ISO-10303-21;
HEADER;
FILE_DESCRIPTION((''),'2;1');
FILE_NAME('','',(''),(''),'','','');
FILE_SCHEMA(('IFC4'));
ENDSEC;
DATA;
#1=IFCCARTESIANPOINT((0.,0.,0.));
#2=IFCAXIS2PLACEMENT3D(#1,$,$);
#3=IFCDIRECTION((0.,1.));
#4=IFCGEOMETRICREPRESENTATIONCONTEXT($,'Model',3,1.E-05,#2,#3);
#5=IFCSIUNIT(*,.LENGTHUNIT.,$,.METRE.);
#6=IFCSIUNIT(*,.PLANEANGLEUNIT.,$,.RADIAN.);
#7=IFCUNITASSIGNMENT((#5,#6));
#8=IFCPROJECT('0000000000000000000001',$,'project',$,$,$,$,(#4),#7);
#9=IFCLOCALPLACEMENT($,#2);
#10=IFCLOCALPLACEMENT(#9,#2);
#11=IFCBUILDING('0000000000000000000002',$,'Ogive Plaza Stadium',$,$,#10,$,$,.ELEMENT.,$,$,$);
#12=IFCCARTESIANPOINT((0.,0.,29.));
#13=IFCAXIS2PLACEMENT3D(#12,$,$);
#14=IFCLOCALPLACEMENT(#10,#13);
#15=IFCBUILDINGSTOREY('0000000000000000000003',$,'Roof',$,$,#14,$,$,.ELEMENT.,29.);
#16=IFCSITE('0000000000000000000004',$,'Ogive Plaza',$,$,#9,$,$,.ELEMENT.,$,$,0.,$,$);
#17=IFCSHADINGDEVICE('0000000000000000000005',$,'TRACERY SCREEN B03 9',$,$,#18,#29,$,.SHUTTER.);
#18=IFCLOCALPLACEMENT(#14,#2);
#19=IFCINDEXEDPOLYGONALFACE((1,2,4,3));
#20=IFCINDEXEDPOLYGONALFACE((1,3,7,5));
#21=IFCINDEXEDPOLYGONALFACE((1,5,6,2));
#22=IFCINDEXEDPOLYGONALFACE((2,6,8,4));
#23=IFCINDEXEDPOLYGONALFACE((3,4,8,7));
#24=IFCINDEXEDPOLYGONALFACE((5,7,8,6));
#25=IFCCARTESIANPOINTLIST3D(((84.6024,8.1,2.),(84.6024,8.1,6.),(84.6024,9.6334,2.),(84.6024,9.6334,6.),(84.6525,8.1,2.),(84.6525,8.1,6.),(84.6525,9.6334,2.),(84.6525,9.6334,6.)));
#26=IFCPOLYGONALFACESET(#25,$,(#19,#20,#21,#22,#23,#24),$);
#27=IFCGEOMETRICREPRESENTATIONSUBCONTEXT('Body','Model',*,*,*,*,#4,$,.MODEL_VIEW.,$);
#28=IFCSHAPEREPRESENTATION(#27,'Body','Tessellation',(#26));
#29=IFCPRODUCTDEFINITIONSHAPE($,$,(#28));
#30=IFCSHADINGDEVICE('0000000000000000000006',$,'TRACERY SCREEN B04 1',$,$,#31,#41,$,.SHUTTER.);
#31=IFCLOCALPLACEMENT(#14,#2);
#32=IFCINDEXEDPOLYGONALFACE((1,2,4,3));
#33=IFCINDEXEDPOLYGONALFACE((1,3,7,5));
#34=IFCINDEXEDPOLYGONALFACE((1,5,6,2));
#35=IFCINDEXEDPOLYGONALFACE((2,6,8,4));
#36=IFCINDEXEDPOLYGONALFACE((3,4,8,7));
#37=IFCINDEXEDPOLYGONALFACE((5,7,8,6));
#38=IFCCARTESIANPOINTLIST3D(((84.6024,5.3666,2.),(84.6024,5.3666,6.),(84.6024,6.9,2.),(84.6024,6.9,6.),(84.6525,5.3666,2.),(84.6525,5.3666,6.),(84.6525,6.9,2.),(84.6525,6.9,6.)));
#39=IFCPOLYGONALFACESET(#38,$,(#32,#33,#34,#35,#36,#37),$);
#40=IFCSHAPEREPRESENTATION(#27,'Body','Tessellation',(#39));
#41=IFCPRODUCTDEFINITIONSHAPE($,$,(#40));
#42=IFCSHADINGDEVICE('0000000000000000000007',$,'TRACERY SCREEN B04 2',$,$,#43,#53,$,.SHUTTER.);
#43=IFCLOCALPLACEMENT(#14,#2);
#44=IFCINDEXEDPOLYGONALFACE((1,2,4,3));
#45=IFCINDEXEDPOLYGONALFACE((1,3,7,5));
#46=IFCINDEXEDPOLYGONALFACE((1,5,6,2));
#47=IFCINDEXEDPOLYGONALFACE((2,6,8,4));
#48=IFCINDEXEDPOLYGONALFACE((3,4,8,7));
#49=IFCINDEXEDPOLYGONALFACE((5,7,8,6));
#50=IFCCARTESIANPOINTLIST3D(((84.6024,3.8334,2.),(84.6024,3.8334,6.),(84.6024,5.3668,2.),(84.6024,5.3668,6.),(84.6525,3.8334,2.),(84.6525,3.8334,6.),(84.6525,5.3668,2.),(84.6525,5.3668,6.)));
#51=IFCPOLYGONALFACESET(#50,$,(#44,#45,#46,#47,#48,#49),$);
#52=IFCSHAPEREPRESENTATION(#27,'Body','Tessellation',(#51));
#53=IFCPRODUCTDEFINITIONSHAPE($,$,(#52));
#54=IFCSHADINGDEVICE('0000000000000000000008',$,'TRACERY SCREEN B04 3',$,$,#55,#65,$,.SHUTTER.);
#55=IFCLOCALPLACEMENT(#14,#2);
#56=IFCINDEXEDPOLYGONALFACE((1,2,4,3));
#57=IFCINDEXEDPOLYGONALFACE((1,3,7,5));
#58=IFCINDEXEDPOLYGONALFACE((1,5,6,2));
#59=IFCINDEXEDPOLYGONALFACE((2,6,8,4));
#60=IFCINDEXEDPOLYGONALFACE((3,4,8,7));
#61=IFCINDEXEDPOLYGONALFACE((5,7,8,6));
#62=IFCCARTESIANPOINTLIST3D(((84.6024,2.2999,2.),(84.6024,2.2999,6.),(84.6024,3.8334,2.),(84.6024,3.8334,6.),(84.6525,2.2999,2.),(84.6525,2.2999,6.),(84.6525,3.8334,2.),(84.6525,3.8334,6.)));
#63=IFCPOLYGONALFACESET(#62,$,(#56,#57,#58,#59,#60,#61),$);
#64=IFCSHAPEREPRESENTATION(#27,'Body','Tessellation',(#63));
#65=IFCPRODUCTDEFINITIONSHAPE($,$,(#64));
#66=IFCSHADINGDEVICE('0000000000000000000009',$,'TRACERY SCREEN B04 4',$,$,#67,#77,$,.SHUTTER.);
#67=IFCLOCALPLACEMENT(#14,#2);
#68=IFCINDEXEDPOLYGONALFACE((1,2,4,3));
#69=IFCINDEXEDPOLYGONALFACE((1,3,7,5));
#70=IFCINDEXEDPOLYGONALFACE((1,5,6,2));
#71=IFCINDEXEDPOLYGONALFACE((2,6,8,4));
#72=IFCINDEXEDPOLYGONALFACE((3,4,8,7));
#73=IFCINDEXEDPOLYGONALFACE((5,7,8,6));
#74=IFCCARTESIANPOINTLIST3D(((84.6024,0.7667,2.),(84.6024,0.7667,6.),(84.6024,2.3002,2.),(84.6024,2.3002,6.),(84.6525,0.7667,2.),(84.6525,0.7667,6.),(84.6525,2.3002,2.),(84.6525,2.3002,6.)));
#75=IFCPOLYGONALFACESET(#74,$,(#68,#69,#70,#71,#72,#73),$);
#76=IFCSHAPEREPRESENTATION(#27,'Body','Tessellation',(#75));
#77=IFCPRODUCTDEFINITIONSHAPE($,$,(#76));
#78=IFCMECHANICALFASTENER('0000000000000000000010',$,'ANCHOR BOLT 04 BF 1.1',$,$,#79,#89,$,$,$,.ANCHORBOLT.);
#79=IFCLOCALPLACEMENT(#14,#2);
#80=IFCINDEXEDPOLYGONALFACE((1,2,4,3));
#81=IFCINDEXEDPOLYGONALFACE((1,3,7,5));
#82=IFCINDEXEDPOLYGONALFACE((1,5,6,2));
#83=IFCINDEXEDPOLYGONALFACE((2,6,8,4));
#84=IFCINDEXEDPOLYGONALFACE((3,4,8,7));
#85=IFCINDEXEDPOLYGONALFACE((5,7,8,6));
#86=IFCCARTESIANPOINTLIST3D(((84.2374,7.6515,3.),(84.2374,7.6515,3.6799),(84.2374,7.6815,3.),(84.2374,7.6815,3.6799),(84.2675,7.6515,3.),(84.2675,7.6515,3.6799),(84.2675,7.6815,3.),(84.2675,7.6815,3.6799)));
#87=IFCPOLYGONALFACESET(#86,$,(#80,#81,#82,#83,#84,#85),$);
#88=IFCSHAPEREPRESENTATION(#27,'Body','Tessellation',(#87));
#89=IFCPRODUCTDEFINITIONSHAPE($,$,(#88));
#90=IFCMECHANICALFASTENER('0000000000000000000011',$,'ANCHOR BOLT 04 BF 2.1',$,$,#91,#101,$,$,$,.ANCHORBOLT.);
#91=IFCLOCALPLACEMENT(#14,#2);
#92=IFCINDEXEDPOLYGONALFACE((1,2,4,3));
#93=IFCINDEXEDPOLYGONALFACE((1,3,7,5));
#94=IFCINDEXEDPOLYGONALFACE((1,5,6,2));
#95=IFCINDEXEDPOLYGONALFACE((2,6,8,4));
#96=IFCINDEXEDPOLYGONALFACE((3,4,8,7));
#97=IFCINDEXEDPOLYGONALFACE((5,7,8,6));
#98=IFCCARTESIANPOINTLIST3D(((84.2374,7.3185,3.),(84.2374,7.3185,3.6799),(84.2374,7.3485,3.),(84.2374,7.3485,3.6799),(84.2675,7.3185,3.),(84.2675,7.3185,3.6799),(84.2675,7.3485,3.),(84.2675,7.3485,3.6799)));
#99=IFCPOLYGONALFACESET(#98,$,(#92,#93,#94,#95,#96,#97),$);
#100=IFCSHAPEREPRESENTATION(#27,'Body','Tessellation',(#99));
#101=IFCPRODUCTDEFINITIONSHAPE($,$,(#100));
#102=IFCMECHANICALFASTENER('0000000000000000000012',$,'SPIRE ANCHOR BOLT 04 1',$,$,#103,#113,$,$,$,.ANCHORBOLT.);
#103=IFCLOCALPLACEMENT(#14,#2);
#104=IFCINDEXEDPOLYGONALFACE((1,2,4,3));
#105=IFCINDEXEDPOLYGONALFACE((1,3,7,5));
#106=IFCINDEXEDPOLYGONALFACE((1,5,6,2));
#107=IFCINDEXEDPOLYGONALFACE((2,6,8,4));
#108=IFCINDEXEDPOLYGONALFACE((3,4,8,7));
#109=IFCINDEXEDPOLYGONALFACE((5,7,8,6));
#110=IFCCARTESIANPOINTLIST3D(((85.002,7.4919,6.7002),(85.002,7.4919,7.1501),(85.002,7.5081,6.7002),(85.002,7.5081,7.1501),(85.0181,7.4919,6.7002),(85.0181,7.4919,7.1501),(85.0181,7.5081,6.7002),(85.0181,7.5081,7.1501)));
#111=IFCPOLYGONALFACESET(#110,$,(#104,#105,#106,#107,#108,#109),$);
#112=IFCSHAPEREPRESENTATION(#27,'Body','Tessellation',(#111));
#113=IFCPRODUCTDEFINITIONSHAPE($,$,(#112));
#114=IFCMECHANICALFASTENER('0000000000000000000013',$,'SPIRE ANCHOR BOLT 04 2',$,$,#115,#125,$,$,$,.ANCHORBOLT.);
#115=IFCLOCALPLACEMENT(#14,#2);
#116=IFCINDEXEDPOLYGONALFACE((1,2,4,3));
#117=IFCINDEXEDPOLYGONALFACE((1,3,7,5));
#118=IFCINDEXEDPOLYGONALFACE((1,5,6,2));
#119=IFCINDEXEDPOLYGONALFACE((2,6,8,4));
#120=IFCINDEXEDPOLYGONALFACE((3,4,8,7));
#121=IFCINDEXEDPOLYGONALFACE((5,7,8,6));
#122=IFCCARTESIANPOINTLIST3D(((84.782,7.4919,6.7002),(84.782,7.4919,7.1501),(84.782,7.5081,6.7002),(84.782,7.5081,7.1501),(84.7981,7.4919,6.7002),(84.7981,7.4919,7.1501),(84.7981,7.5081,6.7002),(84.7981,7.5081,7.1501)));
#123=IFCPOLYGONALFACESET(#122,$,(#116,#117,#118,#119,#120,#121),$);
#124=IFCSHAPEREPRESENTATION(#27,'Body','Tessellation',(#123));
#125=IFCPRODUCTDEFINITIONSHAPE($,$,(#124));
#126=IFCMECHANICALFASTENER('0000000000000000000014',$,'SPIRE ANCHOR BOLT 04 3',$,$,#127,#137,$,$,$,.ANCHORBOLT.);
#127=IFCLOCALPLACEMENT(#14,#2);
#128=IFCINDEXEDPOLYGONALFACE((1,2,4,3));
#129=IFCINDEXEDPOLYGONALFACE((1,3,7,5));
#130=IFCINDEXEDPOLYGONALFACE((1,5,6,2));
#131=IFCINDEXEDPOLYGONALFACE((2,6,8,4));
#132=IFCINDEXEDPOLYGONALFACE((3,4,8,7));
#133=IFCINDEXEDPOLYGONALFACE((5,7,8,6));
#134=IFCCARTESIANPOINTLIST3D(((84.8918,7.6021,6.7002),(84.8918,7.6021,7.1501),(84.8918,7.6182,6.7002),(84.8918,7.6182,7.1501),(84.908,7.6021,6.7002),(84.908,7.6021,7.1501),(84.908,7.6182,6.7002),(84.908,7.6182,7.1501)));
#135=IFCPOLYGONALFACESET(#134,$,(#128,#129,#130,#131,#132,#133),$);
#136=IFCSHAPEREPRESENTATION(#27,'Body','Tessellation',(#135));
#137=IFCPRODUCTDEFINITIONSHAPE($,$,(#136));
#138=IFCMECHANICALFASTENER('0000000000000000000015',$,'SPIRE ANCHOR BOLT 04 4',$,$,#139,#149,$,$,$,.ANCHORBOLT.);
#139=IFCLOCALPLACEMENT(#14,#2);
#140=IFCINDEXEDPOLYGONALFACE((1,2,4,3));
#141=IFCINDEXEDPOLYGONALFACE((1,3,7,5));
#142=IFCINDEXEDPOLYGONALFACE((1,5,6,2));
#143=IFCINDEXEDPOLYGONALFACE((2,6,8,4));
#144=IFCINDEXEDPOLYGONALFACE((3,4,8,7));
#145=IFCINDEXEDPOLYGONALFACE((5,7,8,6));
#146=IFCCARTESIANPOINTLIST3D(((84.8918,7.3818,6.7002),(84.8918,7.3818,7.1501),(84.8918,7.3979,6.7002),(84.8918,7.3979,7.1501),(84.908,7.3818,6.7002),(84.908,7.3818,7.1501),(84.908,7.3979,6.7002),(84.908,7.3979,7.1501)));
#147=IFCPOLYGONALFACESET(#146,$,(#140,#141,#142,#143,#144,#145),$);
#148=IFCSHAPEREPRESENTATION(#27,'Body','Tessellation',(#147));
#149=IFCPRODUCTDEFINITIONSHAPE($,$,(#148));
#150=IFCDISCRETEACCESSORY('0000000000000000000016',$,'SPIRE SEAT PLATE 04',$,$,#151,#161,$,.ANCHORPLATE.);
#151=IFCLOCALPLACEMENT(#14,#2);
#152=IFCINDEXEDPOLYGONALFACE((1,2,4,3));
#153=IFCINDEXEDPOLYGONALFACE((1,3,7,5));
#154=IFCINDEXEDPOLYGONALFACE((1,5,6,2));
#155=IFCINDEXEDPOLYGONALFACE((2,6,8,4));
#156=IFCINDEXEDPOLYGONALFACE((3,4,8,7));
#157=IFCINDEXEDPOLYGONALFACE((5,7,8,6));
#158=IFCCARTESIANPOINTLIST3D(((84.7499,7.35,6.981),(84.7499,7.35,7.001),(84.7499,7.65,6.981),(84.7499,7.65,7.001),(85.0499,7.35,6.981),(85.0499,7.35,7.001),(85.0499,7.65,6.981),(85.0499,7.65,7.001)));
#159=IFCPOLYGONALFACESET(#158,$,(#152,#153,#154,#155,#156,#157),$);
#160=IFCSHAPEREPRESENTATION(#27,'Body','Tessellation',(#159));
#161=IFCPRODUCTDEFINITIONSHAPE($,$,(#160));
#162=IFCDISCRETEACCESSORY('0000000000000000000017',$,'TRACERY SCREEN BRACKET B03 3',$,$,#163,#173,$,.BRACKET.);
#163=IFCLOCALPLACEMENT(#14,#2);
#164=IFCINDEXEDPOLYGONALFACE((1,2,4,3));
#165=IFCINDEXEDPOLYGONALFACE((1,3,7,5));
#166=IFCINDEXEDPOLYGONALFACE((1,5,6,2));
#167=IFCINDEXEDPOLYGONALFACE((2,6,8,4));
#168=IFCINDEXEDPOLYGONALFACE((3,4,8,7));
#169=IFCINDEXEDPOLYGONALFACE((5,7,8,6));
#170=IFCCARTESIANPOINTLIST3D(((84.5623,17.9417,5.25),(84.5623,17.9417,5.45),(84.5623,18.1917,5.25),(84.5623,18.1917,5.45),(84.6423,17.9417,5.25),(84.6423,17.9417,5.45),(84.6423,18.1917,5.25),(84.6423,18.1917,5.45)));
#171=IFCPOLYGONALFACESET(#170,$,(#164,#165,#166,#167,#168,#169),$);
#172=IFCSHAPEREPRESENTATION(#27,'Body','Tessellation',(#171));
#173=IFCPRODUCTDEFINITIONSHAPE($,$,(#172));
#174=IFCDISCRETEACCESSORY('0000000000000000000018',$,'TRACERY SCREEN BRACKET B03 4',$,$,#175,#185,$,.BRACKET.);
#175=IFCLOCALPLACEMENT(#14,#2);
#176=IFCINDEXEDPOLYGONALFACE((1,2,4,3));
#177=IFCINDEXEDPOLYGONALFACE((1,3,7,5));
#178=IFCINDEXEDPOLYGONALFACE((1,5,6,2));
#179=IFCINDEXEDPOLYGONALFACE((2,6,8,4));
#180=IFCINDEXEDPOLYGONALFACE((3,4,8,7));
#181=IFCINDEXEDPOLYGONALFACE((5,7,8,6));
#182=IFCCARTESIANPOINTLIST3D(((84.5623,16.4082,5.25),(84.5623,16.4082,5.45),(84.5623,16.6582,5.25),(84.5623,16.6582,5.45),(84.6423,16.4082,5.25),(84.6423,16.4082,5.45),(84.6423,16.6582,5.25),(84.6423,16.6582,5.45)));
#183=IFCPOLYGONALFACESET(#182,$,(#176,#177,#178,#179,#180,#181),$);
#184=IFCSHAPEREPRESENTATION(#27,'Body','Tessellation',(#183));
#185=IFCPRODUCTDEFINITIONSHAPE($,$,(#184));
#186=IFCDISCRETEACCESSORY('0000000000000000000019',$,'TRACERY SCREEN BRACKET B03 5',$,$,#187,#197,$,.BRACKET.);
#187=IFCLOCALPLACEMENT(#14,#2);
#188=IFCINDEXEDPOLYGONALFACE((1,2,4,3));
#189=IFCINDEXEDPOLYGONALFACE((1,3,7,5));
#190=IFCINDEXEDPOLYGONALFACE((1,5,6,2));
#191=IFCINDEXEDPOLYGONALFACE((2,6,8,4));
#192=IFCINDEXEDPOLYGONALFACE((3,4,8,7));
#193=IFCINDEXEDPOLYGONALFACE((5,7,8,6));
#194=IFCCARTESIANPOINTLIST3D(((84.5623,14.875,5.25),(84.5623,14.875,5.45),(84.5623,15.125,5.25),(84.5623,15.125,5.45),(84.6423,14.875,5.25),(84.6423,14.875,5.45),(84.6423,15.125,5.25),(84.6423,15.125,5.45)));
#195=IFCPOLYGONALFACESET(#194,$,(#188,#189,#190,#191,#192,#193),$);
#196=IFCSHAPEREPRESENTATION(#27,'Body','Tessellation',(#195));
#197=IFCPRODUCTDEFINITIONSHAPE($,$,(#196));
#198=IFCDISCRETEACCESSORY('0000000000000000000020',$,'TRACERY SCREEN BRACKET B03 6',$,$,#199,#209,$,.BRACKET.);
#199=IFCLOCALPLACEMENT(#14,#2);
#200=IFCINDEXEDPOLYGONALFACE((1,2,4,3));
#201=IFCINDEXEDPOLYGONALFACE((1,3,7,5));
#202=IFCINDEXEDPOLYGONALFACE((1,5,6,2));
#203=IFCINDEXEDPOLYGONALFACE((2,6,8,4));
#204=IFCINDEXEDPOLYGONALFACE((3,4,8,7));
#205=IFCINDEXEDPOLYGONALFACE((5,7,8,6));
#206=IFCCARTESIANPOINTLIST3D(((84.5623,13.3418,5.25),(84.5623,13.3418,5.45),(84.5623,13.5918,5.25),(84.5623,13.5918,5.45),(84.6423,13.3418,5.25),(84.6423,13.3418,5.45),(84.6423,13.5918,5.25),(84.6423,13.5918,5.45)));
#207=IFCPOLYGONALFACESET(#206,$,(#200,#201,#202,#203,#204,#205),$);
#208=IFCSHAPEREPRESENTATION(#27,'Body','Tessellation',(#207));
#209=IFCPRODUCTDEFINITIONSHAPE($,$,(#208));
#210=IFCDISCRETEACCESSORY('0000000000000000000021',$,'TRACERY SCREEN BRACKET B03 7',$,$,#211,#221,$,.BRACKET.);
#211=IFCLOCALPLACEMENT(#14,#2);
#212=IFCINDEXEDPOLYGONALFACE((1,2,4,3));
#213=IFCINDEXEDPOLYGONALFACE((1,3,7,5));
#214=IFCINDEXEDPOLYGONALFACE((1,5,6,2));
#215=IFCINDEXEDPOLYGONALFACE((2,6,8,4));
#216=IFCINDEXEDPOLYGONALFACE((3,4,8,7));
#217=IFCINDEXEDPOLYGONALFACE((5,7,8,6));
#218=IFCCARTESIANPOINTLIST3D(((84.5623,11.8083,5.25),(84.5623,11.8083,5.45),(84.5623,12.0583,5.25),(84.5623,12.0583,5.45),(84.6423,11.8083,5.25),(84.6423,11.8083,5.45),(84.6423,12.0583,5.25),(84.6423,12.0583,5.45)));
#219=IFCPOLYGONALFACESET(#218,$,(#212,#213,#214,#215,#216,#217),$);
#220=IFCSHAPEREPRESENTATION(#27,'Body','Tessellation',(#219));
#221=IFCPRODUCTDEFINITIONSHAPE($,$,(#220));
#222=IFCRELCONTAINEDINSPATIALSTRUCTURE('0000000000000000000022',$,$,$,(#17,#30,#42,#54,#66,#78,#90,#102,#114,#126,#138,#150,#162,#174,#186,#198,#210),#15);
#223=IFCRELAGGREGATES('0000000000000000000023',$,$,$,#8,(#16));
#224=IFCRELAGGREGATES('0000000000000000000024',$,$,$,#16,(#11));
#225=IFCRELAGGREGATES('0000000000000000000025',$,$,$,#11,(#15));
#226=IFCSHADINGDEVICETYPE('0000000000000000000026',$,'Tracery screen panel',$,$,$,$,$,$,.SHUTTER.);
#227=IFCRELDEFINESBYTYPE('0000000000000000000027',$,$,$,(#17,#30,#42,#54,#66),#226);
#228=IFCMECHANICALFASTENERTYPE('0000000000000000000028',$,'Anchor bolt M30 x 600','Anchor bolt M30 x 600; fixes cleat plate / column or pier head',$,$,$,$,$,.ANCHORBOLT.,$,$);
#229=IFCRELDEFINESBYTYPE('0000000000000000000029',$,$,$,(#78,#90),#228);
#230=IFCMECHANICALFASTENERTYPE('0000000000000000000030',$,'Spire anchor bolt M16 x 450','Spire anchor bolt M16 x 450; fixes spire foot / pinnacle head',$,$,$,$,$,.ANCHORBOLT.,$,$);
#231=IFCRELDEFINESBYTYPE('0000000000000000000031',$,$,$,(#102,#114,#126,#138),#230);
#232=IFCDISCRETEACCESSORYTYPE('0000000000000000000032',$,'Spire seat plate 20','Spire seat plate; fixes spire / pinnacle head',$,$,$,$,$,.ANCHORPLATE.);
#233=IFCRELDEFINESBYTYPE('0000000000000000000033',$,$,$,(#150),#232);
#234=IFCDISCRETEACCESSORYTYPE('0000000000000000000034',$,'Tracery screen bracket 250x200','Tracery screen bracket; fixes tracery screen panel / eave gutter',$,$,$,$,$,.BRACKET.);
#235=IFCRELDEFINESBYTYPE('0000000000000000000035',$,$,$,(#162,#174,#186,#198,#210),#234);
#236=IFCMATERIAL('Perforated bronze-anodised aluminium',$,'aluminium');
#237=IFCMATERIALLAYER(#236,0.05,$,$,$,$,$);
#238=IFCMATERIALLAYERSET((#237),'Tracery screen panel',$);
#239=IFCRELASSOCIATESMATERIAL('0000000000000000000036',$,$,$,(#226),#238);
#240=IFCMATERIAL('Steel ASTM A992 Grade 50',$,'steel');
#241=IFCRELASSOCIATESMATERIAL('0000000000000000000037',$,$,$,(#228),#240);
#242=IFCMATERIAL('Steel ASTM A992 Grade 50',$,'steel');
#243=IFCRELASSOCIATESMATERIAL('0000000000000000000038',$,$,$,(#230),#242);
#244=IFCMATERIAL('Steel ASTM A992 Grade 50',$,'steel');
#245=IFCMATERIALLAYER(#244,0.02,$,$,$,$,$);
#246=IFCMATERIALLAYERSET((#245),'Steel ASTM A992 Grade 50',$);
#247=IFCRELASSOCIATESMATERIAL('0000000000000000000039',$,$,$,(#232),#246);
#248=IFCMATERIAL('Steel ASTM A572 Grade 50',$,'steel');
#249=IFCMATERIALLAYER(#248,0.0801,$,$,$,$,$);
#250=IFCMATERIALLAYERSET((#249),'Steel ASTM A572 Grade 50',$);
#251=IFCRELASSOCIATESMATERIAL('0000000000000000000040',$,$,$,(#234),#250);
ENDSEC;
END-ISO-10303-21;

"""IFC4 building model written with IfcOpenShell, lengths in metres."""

from ifc_helpers import new_model, si_unit, direction, frame, origin, origin_2d, place, context, subcontext, project, spatial, rectangle, extrude, material, layer, layer_set, type_object, element, save


model = new_model("IFC4")

# Units and contexts
model_context = context("Model", 3, precision=1e-05, world=origin(), true_north=direction((0.0, 1.0)))
body_context = subcontext(model_context, "Body", "Model", "MODEL_VIEW")
ifc_project = project(units=[si_unit("LENGTHUNIT", "METRE"), si_unit("PLANEANGLEUNIT", "RADIAN")], contexts=[model_context])

# Site, building, storey
site_placement = place(None, origin())
site = spatial("IfcSite", under=ifc_project, at=site_placement, Name="Ogive Plaza", CompositionType="ELEMENT", RefElevation=0.0)
building_placement = place(site_placement, origin())
building = spatial("IfcBuilding", under=site, at=building_placement, Name="Ogive Plaza Stadium", CompositionType="ELEMENT")
storey_placement = place(building_placement, frame((0.0, 0.0, 29.0)))
storey = spatial("IfcBuildingStorey", under=building, at=storey_placement, Name="Roof", CompositionType="ELEMENT", Elevation=29.0)

# Shading devices
ifc_material_1 = material(Name="Perforated bronze-anodised aluminium", Category="aluminium")
ifc_layer_1 = layer(ifc_material_1, 0.05)
ifc_layer_set_1 = layer_set([ifc_layer_1], Name="Tracery screen panel")
shading_device_type = type_object("IfcShadingDeviceType", Name="Tracery screen panel", PredefinedType="SHUTTER", material=ifc_layer_set_1)
for number, where, z_axis, x_axis, name in (
    (1, (84.6274, 8.8667, 2.0), (0.0, 0.0, 1.0), (0.0, -1.0, 0.0), "TRACERY SCREEN B03 9"),
    (2, (84.6274, 6.1333, 2.0), (0.0, 0.0, 1.0), (0.0, -1.0, 0.0), "TRACERY SCREEN B04 1"),
    (3, (84.6274, 4.6001, 2.0), (0.0, 0.0, 1.0), (0.0, -1.0, 0.0), "TRACERY SCREEN B04 2"),
    (4, (84.6274, 3.0667, 2.0), (0.0, 0.0, 1.0), (0.0, -1.0, 0.0), "TRACERY SCREEN B04 3"),
    (5, (84.6274, 1.5334, 2.0), (0.0, 0.0, 1.0), (0.0, -1.0, 0.0), "TRACERY SCREEN B04 4"),
):
    element("IfcShadingDevice", number, at=place(storey_placement, frame(where, z_axis=z_axis, x_axis=x_axis)), inside=storey, type_object=shading_device_type, Name=name, PredefinedType="SHUTTER", context=body_context, shape_type="SweptSolid", body=[
        extrude(rectangle(XDim=1.5334, YDim=0.05, at=origin_2d()), origin(), (0.0, 0.0, 1.0), 4.0),
    ])

# Mechanical fasteners
ifc_material_2 = material(Name="Steel ASTM A992 Grade 50", Category="steel")
mechanical_fastener_type_1 = type_object("IfcMechanicalFastenerType", Name="Anchor bolt M30 x 600", Description="Anchor bolt M30 x 600; fixes cleat plate / column or pier head", PredefinedType="ANCHORBOLT", material=ifc_material_2)
for number, where, z_axis, x_axis, name in (
    (6, (84.2524, 7.6665, 3.0), (0.0, 0.0, 1.0), (1.0, 0.0, 0.0), "ANCHOR BOLT 04 BF 1.1"),
    (7, (84.2524, 7.3335, 3.0), (0.0, 0.0, 1.0), (1.0, 0.0, 0.0), "ANCHOR BOLT 04 BF 2.1"),
):
    element("IfcMechanicalFastener", number, at=place(storey_placement, frame(where, z_axis=z_axis, x_axis=x_axis)), inside=storey, type_object=mechanical_fastener_type_1, Name=name, PredefinedType="ANCHORBOLT", context=body_context, shape_type="SweptSolid", body=[
        extrude(rectangle(XDim=0.03, YDim=0.03, at=origin_2d()), origin(), (0.0, 0.0, 1.0), 0.6799),
    ])
ifc_material_3 = material(Name="Steel ASTM A992 Grade 50", Category="steel")
mechanical_fastener_type_2 = type_object("IfcMechanicalFastenerType", Name="Spire anchor bolt M16 x 450", Description="Spire anchor bolt M16 x 450; fixes spire foot / pinnacle head", PredefinedType="ANCHORBOLT", material=ifc_material_3)
for number, where, z_axis, x_axis, name in (
    (8, (85.01, 7.5, 6.7002), (0.0, 0.0, 1.0), (1.0, 0.0, 0.0), "SPIRE ANCHOR BOLT 04 1"),
    (9, (84.79, 7.5, 6.7002), (0.0, 0.0, 1.0), (1.0, 0.0, 0.0), "SPIRE ANCHOR BOLT 04 2"),
    (10, (84.8999, 7.6101, 6.7002), (0.0, 0.0, 1.0), (1.0, 0.0, 0.0), "SPIRE ANCHOR BOLT 04 3"),
    (11, (84.8999, 7.3899, 6.7002), (0.0, 0.0, 1.0), (1.0, 0.0, 0.0), "SPIRE ANCHOR BOLT 04 4"),
):
    element("IfcMechanicalFastener", number, at=place(storey_placement, frame(where, z_axis=z_axis, x_axis=x_axis)), inside=storey, type_object=mechanical_fastener_type_2, Name=name, PredefinedType="ANCHORBOLT", context=body_context, shape_type="SweptSolid", body=[
        extrude(rectangle(XDim=0.0161, YDim=0.0161, at=origin_2d()), origin(), (0.0, 0.0, 1.0), 0.45),
    ])

# Discrete accessories
ifc_material_4 = material(Name="Steel ASTM A992 Grade 50", Category="steel")
ifc_layer_2 = layer(ifc_material_4, 0.02)
ifc_layer_set_2 = layer_set([ifc_layer_2], Name="Steel ASTM A992 Grade 50")
discrete_accessory_type_1 = type_object("IfcDiscreteAccessoryType", Name="Spire seat plate 20", Description="Spire seat plate; fixes spire / pinnacle head", PredefinedType="ANCHORPLATE", material=ifc_layer_set_2)
discrete_accessory_placement = place(storey_placement, frame((84.8999, 7.5, 6.981), z_axis=(0.0, 0.0, 1.0), x_axis=(1.0, 0.0, 0.0)))
element("IfcDiscreteAccessory", 12, at=discrete_accessory_placement, inside=storey, type_object=discrete_accessory_type_1, Name="SPIRE SEAT PLATE 04", PredefinedType="ANCHORPLATE", context=body_context, shape_type="SweptSolid", body=[
    extrude(rectangle(XDim=0.3, YDim=0.3, at=origin_2d()), origin(), (0.0, 0.0, 1.0), 0.02),
])
ifc_material_5 = material(Name="Steel ASTM A572 Grade 50", Category="steel")
ifc_layer_3 = layer(ifc_material_5, 0.0801)
ifc_layer_set_3 = layer_set([ifc_layer_3], Name="Steel ASTM A572 Grade 50")
discrete_accessory_type_2 = type_object("IfcDiscreteAccessoryType", Name="Tracery screen bracket 250x200", Description="Tracery screen bracket; fixes tracery screen panel / eave gutter", PredefinedType="BRACKET", material=ifc_layer_set_3)
for number, where, z_axis, x_axis, name in (
    (13, (84.6023, 18.0667, 5.25), (0.0, 0.0, 1.0), (0.0, -1.0, 0.0), "TRACERY SCREEN BRACKET B03 3"),
    (14, (84.6023, 16.5332, 5.25), (0.0, 0.0, 1.0), (0.0, -1.0, 0.0), "TRACERY SCREEN BRACKET B03 4"),
    (15, (84.6023, 15.0, 5.25), (0.0, 0.0, 1.0), (0.0, -1.0, 0.0), "TRACERY SCREEN BRACKET B03 5"),
    (16, (84.6023, 13.4668, 5.25), (0.0, 0.0, 1.0), (0.0, -1.0, 0.0), "TRACERY SCREEN BRACKET B03 6"),
    (17, (84.6023, 11.9333, 5.25), (0.0, 0.0, 1.0), (0.0, -1.0, 0.0), "TRACERY SCREEN BRACKET B03 7"),
):
    element("IfcDiscreteAccessory", number, at=place(storey_placement, frame(where, z_axis=z_axis, x_axis=x_axis)), inside=storey, type_object=discrete_accessory_type_2, Name=name, PredefinedType="BRACKET", context=body_context, shape_type="SweptSolid", body=[
        extrude(rectangle(XDim=0.25, YDim=0.0801, at=origin_2d()), origin(), (0.0, 0.0, 1.0), 0.2),
    ])

save(model, "model.ifc")
